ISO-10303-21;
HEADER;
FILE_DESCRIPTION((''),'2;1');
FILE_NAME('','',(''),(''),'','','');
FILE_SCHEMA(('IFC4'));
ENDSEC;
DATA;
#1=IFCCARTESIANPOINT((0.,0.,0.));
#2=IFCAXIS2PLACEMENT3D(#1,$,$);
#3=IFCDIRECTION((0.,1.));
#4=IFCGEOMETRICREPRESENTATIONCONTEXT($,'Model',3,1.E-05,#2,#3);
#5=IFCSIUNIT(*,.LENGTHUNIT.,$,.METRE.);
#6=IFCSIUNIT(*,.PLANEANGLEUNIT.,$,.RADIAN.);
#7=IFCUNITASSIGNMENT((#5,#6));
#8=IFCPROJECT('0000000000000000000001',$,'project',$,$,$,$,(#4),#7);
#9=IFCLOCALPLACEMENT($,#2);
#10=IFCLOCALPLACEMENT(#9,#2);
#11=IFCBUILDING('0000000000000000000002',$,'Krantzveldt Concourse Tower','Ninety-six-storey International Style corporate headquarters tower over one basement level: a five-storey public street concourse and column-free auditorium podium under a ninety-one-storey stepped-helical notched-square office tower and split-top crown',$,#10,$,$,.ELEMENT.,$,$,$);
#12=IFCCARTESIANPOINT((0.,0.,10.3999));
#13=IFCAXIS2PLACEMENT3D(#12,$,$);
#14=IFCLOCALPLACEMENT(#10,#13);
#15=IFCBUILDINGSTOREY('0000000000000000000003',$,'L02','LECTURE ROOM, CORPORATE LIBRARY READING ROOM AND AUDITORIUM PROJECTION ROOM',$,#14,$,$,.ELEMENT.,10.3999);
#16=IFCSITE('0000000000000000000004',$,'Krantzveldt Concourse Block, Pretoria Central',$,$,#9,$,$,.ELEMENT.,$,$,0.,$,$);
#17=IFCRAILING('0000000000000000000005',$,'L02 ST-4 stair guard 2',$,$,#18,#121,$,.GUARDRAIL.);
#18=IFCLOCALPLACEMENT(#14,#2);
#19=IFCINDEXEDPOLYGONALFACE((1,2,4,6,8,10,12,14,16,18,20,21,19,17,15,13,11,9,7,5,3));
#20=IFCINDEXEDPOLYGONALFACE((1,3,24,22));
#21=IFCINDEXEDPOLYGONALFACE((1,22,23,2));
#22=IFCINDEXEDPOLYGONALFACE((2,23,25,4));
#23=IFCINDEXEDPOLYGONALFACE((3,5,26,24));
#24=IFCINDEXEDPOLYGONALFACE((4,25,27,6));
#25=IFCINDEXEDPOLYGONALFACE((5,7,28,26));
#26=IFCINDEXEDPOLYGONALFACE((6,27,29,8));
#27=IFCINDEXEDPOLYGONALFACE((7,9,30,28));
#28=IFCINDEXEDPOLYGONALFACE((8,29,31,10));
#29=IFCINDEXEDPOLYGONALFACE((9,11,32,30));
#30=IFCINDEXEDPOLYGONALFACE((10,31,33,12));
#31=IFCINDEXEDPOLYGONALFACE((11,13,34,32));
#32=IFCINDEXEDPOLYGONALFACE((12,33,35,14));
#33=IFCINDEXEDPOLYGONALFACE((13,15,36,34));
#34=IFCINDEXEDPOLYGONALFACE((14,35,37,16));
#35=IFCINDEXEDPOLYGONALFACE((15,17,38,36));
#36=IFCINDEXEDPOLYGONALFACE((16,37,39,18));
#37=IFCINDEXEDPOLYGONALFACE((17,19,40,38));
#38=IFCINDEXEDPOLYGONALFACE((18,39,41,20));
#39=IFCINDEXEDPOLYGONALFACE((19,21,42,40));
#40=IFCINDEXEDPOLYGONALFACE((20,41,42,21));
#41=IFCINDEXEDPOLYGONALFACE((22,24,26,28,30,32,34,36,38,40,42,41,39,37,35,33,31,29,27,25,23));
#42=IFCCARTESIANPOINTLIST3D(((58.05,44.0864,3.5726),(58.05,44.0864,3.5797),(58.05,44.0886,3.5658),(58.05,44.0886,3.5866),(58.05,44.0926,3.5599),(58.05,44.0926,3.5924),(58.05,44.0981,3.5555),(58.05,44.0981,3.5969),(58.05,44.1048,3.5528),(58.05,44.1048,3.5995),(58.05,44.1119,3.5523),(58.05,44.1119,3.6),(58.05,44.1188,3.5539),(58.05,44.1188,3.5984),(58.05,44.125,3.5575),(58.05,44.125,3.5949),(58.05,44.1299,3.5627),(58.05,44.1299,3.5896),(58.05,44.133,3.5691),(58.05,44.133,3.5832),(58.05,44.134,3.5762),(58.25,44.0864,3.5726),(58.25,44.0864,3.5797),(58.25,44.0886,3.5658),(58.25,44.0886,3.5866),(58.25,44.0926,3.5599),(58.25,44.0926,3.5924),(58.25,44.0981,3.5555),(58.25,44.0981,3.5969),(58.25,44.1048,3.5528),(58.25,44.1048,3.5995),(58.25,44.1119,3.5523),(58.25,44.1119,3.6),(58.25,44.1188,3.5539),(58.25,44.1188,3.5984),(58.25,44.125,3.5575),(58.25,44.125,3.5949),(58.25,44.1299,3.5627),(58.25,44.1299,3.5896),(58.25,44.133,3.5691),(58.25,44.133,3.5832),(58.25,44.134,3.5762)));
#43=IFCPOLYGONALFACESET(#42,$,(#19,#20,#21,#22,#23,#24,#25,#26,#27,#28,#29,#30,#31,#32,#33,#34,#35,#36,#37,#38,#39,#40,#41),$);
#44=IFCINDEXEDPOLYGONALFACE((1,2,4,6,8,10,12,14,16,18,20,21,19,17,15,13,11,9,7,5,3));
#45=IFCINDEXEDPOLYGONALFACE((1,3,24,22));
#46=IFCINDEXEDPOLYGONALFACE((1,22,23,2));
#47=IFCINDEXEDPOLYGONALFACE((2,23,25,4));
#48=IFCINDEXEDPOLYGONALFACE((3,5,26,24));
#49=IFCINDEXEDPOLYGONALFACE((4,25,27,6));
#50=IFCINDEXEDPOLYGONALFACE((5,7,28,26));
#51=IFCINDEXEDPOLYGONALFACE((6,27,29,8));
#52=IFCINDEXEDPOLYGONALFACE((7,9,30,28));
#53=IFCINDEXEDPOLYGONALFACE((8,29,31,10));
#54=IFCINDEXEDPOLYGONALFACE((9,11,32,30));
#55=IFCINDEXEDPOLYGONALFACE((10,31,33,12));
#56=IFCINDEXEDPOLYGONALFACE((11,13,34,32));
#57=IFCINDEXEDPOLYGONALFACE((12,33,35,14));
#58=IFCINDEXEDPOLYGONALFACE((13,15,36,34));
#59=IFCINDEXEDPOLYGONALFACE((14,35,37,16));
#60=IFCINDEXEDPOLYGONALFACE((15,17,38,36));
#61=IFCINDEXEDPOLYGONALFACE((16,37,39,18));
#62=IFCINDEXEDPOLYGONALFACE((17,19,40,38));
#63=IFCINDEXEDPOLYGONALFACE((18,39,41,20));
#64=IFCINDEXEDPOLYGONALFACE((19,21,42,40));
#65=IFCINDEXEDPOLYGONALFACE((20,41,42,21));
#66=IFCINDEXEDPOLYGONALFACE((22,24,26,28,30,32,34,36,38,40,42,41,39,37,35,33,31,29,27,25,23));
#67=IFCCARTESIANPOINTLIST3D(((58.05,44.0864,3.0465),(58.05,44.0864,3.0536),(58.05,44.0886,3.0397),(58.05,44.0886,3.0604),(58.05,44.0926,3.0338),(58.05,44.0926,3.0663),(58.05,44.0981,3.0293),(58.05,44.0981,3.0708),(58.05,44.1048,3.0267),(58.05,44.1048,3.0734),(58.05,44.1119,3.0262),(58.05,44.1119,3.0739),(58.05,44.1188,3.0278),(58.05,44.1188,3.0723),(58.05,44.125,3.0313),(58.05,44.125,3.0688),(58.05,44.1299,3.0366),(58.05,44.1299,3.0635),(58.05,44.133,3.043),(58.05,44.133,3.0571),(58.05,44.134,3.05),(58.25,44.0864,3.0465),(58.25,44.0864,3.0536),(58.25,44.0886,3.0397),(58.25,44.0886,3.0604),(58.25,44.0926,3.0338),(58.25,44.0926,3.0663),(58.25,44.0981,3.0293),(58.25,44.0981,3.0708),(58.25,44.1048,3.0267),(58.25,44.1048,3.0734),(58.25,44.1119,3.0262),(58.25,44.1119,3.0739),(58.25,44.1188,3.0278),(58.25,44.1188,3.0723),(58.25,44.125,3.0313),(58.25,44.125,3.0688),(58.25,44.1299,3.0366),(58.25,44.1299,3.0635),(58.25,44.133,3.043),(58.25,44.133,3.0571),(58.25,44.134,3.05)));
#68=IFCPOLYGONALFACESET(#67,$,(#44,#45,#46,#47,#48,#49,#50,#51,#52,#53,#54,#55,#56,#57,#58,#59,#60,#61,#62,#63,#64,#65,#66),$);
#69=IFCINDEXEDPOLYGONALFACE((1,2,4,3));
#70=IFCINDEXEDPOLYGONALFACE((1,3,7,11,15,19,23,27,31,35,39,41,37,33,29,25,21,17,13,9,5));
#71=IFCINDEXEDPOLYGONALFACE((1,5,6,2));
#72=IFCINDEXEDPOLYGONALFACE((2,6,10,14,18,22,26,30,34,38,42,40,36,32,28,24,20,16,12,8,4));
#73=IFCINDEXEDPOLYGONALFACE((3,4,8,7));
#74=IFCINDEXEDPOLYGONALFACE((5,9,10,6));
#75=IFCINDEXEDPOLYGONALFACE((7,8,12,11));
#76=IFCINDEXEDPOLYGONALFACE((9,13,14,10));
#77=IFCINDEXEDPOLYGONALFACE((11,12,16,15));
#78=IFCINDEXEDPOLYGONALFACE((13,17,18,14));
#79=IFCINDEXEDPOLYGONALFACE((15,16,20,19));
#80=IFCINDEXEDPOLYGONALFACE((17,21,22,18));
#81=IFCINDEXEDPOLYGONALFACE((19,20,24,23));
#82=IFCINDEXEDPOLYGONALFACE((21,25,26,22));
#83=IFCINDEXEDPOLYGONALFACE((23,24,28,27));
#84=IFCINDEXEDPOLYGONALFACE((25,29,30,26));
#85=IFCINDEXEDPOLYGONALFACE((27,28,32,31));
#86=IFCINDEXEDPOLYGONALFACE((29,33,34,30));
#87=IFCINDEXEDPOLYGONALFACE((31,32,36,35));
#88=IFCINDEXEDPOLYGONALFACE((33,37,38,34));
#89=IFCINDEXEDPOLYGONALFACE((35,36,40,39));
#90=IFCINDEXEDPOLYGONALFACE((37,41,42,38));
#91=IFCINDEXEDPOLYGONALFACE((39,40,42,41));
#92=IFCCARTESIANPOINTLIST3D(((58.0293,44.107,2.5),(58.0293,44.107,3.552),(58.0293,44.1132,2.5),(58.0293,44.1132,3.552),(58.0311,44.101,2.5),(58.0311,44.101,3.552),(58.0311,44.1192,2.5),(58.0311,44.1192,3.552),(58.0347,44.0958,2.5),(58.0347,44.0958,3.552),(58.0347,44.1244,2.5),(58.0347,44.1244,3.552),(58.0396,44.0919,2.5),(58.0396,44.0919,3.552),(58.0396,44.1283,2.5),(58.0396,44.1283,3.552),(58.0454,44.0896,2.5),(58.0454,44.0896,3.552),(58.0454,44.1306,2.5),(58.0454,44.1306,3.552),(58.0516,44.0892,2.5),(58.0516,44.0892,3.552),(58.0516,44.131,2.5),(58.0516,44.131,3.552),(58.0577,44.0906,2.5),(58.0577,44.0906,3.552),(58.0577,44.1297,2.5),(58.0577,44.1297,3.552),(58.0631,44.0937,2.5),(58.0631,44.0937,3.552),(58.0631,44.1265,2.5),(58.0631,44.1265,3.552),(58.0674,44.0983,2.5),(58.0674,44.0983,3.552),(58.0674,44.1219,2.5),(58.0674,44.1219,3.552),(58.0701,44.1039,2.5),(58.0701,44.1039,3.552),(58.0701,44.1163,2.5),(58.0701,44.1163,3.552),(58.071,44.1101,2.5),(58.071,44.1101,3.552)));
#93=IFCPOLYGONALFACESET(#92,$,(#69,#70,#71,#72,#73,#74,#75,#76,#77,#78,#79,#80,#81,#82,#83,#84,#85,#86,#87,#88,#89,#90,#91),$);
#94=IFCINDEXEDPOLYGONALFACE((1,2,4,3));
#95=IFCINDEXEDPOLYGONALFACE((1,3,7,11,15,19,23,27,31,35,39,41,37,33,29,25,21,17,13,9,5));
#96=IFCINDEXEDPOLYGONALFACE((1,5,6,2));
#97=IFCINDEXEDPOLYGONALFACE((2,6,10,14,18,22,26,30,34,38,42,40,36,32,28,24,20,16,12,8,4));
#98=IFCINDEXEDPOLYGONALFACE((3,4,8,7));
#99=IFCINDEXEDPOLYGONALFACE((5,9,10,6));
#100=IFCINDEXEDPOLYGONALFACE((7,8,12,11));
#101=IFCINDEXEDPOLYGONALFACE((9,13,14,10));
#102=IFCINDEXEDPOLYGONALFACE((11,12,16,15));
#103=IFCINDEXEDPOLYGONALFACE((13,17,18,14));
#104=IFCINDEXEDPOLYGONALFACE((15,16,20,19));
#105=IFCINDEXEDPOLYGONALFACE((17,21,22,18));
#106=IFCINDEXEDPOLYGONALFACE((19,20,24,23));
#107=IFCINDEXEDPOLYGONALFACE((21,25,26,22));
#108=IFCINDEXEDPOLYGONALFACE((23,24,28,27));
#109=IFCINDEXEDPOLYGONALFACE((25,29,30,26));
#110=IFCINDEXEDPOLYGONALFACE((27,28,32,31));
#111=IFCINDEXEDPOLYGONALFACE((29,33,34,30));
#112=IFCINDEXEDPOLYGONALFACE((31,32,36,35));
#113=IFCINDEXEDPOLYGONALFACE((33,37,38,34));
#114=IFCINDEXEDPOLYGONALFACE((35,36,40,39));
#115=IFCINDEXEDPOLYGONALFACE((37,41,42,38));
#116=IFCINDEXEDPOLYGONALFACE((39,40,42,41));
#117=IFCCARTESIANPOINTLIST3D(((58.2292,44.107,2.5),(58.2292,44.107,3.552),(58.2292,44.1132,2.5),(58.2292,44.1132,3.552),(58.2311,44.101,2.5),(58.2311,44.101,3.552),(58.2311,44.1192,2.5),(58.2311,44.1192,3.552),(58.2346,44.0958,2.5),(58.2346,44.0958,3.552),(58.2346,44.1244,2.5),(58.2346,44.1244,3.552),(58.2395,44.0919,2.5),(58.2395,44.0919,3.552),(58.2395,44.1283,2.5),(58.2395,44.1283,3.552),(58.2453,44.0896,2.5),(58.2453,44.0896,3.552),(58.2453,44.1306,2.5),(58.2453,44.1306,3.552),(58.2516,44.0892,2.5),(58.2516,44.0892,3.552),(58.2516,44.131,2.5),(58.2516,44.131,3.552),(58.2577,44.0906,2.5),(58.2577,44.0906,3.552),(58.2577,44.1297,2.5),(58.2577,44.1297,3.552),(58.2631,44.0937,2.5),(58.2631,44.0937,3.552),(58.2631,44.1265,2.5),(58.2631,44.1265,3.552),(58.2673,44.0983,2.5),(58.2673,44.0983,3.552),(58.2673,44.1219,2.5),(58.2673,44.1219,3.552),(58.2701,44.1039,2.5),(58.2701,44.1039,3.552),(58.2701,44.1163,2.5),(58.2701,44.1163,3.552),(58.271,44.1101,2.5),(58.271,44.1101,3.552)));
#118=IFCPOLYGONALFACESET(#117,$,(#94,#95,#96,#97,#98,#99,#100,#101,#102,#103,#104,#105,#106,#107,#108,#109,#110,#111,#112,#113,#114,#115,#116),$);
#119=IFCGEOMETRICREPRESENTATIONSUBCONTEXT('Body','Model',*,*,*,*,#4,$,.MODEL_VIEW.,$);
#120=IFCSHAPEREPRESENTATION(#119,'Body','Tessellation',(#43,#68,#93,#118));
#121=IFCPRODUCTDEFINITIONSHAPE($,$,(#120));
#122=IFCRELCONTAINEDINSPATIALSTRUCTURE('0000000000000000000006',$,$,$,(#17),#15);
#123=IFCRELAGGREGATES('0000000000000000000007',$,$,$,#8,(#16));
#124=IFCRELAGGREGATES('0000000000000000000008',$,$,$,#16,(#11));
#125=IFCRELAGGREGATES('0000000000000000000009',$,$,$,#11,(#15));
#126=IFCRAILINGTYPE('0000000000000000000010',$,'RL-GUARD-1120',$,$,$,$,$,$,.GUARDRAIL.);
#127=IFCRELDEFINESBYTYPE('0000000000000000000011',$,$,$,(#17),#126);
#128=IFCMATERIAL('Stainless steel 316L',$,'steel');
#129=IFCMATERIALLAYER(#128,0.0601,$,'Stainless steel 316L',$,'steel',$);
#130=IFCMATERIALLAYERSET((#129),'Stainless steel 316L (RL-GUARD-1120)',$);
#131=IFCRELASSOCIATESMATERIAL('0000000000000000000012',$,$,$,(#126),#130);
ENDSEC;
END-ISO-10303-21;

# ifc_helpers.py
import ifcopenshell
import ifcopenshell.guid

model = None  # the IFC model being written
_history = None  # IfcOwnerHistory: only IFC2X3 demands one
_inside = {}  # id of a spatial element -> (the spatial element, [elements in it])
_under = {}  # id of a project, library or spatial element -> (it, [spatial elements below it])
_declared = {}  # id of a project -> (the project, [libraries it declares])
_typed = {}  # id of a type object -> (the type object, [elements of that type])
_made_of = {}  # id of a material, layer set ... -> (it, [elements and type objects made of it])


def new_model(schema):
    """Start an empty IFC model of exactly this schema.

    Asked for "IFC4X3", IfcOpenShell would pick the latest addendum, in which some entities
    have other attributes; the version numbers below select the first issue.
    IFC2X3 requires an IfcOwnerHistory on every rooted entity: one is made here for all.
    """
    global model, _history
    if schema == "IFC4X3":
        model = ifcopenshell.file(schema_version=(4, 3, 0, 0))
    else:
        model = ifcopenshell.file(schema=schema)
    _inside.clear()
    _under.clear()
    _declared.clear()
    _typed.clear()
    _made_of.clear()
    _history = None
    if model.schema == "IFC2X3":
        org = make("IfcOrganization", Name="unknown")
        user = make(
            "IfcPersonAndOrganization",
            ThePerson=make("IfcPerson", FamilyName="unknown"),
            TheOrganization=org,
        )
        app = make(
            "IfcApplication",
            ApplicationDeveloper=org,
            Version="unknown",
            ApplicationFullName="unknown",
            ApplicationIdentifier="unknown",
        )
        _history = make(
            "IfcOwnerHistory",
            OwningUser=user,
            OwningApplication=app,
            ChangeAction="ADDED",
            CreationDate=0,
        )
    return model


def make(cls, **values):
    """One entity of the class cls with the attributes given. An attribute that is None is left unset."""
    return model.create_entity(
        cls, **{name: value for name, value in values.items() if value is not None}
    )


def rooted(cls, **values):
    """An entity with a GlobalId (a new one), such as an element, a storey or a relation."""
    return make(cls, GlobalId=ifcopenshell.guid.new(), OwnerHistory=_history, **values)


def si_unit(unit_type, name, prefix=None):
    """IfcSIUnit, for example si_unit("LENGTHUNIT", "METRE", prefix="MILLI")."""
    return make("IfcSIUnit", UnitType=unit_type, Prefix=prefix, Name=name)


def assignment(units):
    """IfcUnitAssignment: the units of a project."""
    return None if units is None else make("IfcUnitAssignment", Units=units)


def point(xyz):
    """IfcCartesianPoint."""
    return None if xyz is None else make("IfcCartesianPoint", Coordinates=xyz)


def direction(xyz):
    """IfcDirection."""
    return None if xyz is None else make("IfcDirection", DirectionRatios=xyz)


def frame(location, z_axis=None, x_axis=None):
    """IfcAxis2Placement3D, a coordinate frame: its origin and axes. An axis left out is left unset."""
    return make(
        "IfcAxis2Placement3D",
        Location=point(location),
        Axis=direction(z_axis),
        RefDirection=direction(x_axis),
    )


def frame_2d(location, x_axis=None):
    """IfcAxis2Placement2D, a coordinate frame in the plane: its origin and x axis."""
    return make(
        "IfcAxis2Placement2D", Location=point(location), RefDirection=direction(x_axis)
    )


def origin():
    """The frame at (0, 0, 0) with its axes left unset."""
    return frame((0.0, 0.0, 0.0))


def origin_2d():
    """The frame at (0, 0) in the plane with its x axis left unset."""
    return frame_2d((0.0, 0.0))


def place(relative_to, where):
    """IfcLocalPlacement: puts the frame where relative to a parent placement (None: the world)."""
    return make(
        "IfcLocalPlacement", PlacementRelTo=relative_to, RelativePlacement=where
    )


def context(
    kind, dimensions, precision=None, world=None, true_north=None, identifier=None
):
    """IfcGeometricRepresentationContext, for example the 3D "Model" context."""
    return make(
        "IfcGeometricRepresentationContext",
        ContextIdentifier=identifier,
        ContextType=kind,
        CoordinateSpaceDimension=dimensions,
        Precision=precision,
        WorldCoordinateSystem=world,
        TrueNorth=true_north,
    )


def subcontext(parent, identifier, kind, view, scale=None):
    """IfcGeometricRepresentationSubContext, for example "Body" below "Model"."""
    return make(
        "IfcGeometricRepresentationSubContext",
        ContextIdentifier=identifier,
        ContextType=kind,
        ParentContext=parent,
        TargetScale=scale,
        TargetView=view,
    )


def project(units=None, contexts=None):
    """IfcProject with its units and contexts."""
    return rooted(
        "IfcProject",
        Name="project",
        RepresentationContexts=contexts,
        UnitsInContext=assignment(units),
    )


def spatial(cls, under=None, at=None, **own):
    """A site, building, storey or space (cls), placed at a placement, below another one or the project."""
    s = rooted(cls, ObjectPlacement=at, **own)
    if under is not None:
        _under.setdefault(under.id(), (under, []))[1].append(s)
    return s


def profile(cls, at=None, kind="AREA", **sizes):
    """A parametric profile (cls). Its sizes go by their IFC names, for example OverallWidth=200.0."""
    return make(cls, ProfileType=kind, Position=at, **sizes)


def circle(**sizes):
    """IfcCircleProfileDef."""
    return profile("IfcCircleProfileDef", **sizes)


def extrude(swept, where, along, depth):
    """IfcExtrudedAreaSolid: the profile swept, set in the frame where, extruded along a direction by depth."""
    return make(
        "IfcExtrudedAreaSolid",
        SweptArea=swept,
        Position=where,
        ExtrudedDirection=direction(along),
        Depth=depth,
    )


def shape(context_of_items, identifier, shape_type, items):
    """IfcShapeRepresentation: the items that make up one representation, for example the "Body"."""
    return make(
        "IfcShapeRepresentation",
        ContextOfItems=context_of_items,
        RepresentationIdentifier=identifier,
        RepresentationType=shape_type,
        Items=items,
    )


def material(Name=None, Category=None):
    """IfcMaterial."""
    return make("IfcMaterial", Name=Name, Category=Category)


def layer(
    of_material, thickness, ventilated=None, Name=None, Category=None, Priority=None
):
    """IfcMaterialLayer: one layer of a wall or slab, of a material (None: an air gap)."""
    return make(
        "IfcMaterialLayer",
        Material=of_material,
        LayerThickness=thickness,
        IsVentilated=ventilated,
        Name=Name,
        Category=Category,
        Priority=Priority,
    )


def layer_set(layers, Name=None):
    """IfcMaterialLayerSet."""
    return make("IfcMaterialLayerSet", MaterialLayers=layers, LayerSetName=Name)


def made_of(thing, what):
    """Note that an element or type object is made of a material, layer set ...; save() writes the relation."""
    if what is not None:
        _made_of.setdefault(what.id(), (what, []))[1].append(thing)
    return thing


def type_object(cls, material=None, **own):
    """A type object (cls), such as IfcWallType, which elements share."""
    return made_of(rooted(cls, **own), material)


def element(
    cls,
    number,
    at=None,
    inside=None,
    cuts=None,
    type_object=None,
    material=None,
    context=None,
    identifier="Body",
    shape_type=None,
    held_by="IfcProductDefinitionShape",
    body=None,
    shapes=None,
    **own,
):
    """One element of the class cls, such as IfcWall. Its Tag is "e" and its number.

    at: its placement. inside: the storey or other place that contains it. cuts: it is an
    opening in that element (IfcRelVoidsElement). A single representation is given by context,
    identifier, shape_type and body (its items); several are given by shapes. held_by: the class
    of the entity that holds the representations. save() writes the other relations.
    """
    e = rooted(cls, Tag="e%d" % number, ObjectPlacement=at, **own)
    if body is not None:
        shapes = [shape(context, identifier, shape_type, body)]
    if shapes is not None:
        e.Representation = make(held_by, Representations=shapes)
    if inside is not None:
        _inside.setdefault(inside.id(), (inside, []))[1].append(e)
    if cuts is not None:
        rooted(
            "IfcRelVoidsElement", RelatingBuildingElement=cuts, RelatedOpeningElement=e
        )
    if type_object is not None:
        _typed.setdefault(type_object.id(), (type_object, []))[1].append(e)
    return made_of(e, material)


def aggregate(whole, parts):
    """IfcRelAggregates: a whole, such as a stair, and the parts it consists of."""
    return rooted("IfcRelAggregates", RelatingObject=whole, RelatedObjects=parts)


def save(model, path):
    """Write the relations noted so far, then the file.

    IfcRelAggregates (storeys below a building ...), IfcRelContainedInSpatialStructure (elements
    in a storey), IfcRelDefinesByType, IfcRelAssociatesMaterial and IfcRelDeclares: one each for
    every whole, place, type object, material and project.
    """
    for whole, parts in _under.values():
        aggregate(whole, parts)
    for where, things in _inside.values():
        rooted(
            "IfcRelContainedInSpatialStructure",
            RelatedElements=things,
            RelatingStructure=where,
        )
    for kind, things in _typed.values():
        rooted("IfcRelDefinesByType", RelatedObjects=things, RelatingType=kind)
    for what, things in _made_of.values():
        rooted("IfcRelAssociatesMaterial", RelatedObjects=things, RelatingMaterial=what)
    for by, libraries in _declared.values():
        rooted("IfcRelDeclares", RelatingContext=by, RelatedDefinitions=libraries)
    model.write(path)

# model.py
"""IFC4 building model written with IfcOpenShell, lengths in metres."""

from ifc_helpers import new_model, si_unit, direction, frame, origin, origin_2d, place, context, subcontext, project, spatial, circle, extrude, material, layer, layer_set, type_object, element, save


model = new_model("IFC4")

# Units and contexts
model_context = context("Model", 3, precision=1e-05, world=origin(), true_north=direction((0.0, 1.0)))
body_context = subcontext(model_context, "Body", "Model", "MODEL_VIEW")
ifc_project = project(units=[si_unit("LENGTHUNIT", "METRE"), si_unit("PLANEANGLEUNIT", "RADIAN")], contexts=[model_context])

# Site, building, storey
site_placement = place(None, origin())
site = spatial("IfcSite", under=ifc_project, at=site_placement, Name="Krantzveldt Concourse Block, Pretoria Central", CompositionType="ELEMENT", RefElevation=0.0)
building_placement = place(site_placement, origin())
building = spatial("IfcBuilding", under=site, at=building_placement, Name="Krantzveldt Concourse Tower", Description="Ninety-six-storey International Style corporate headquarters tower over one basement level: a five-storey public street concourse and column-free auditorium podium under a ninety-one-storey stepped-helical notched-square office tower and split-top crown", CompositionType="ELEMENT")
storey_placement = place(building_placement, frame((0.0, 0.0, 10.3999)))
storey = spatial("IfcBuildingStorey", under=building, at=storey_placement, Name="L02", Description="LECTURE ROOM, CORPORATE LIBRARY READING ROOM AND AUDITORIUM PROJECTION ROOM", CompositionType="ELEMENT", Elevation=10.3999)

# Railing
ifc_material_1 = material(Name="Stainless steel 316L", Category="steel")
ifc_layer_1 = layer(ifc_material_1, 0.0601, Name="Stainless steel 316L", Category="steel")
ifc_layer_set_1 = layer_set([ifc_layer_1], Name="Stainless steel 316L (RL-GUARD-1120)")
railing_type_1 = type_object("IfcRailingType", Name="RL-GUARD-1120", PredefinedType="GUARDRAIL", material=ifc_layer_set_1)
railing_1_placement = place(storey_placement, frame((58.05, 44.1101, 2.5)))
element("IfcRailing", 1, at=railing_1_placement, inside=storey, type_object=railing_type_1, Name="L02 ST-4 stair guard 2", PredefinedType="GUARDRAIL", context=body_context, shape_type="SweptSolid", body=[
    extrude(circle(Radius=0.0239, at=origin_2d()), frame((0.0, 0.0, 1.0762), z_axis=(1.0, 0.0, 0.0), x_axis=(0.0, 1.0, 0.0)), (0.0, 0.0, 1.0), 0.2),
    extrude(circle(Radius=0.0239, at=origin_2d()), frame((0.0, 0.0, 0.55), z_axis=(1.0, 0.0, 0.0), x_axis=(0.0, 1.0, 0.0)), (0.0, 0.0, 1.0), 0.2),
    extrude(circle(Radius=0.021, at=origin_2d()), origin(), (0.0, 0.0, 1.0), 1.052),
    extrude(circle(Radius=0.021, at=origin_2d()), frame((0.2, 0.0, 0.0)), (0.0, 0.0, 1.0), 1.052),
])

save(model, "model.ifc")
